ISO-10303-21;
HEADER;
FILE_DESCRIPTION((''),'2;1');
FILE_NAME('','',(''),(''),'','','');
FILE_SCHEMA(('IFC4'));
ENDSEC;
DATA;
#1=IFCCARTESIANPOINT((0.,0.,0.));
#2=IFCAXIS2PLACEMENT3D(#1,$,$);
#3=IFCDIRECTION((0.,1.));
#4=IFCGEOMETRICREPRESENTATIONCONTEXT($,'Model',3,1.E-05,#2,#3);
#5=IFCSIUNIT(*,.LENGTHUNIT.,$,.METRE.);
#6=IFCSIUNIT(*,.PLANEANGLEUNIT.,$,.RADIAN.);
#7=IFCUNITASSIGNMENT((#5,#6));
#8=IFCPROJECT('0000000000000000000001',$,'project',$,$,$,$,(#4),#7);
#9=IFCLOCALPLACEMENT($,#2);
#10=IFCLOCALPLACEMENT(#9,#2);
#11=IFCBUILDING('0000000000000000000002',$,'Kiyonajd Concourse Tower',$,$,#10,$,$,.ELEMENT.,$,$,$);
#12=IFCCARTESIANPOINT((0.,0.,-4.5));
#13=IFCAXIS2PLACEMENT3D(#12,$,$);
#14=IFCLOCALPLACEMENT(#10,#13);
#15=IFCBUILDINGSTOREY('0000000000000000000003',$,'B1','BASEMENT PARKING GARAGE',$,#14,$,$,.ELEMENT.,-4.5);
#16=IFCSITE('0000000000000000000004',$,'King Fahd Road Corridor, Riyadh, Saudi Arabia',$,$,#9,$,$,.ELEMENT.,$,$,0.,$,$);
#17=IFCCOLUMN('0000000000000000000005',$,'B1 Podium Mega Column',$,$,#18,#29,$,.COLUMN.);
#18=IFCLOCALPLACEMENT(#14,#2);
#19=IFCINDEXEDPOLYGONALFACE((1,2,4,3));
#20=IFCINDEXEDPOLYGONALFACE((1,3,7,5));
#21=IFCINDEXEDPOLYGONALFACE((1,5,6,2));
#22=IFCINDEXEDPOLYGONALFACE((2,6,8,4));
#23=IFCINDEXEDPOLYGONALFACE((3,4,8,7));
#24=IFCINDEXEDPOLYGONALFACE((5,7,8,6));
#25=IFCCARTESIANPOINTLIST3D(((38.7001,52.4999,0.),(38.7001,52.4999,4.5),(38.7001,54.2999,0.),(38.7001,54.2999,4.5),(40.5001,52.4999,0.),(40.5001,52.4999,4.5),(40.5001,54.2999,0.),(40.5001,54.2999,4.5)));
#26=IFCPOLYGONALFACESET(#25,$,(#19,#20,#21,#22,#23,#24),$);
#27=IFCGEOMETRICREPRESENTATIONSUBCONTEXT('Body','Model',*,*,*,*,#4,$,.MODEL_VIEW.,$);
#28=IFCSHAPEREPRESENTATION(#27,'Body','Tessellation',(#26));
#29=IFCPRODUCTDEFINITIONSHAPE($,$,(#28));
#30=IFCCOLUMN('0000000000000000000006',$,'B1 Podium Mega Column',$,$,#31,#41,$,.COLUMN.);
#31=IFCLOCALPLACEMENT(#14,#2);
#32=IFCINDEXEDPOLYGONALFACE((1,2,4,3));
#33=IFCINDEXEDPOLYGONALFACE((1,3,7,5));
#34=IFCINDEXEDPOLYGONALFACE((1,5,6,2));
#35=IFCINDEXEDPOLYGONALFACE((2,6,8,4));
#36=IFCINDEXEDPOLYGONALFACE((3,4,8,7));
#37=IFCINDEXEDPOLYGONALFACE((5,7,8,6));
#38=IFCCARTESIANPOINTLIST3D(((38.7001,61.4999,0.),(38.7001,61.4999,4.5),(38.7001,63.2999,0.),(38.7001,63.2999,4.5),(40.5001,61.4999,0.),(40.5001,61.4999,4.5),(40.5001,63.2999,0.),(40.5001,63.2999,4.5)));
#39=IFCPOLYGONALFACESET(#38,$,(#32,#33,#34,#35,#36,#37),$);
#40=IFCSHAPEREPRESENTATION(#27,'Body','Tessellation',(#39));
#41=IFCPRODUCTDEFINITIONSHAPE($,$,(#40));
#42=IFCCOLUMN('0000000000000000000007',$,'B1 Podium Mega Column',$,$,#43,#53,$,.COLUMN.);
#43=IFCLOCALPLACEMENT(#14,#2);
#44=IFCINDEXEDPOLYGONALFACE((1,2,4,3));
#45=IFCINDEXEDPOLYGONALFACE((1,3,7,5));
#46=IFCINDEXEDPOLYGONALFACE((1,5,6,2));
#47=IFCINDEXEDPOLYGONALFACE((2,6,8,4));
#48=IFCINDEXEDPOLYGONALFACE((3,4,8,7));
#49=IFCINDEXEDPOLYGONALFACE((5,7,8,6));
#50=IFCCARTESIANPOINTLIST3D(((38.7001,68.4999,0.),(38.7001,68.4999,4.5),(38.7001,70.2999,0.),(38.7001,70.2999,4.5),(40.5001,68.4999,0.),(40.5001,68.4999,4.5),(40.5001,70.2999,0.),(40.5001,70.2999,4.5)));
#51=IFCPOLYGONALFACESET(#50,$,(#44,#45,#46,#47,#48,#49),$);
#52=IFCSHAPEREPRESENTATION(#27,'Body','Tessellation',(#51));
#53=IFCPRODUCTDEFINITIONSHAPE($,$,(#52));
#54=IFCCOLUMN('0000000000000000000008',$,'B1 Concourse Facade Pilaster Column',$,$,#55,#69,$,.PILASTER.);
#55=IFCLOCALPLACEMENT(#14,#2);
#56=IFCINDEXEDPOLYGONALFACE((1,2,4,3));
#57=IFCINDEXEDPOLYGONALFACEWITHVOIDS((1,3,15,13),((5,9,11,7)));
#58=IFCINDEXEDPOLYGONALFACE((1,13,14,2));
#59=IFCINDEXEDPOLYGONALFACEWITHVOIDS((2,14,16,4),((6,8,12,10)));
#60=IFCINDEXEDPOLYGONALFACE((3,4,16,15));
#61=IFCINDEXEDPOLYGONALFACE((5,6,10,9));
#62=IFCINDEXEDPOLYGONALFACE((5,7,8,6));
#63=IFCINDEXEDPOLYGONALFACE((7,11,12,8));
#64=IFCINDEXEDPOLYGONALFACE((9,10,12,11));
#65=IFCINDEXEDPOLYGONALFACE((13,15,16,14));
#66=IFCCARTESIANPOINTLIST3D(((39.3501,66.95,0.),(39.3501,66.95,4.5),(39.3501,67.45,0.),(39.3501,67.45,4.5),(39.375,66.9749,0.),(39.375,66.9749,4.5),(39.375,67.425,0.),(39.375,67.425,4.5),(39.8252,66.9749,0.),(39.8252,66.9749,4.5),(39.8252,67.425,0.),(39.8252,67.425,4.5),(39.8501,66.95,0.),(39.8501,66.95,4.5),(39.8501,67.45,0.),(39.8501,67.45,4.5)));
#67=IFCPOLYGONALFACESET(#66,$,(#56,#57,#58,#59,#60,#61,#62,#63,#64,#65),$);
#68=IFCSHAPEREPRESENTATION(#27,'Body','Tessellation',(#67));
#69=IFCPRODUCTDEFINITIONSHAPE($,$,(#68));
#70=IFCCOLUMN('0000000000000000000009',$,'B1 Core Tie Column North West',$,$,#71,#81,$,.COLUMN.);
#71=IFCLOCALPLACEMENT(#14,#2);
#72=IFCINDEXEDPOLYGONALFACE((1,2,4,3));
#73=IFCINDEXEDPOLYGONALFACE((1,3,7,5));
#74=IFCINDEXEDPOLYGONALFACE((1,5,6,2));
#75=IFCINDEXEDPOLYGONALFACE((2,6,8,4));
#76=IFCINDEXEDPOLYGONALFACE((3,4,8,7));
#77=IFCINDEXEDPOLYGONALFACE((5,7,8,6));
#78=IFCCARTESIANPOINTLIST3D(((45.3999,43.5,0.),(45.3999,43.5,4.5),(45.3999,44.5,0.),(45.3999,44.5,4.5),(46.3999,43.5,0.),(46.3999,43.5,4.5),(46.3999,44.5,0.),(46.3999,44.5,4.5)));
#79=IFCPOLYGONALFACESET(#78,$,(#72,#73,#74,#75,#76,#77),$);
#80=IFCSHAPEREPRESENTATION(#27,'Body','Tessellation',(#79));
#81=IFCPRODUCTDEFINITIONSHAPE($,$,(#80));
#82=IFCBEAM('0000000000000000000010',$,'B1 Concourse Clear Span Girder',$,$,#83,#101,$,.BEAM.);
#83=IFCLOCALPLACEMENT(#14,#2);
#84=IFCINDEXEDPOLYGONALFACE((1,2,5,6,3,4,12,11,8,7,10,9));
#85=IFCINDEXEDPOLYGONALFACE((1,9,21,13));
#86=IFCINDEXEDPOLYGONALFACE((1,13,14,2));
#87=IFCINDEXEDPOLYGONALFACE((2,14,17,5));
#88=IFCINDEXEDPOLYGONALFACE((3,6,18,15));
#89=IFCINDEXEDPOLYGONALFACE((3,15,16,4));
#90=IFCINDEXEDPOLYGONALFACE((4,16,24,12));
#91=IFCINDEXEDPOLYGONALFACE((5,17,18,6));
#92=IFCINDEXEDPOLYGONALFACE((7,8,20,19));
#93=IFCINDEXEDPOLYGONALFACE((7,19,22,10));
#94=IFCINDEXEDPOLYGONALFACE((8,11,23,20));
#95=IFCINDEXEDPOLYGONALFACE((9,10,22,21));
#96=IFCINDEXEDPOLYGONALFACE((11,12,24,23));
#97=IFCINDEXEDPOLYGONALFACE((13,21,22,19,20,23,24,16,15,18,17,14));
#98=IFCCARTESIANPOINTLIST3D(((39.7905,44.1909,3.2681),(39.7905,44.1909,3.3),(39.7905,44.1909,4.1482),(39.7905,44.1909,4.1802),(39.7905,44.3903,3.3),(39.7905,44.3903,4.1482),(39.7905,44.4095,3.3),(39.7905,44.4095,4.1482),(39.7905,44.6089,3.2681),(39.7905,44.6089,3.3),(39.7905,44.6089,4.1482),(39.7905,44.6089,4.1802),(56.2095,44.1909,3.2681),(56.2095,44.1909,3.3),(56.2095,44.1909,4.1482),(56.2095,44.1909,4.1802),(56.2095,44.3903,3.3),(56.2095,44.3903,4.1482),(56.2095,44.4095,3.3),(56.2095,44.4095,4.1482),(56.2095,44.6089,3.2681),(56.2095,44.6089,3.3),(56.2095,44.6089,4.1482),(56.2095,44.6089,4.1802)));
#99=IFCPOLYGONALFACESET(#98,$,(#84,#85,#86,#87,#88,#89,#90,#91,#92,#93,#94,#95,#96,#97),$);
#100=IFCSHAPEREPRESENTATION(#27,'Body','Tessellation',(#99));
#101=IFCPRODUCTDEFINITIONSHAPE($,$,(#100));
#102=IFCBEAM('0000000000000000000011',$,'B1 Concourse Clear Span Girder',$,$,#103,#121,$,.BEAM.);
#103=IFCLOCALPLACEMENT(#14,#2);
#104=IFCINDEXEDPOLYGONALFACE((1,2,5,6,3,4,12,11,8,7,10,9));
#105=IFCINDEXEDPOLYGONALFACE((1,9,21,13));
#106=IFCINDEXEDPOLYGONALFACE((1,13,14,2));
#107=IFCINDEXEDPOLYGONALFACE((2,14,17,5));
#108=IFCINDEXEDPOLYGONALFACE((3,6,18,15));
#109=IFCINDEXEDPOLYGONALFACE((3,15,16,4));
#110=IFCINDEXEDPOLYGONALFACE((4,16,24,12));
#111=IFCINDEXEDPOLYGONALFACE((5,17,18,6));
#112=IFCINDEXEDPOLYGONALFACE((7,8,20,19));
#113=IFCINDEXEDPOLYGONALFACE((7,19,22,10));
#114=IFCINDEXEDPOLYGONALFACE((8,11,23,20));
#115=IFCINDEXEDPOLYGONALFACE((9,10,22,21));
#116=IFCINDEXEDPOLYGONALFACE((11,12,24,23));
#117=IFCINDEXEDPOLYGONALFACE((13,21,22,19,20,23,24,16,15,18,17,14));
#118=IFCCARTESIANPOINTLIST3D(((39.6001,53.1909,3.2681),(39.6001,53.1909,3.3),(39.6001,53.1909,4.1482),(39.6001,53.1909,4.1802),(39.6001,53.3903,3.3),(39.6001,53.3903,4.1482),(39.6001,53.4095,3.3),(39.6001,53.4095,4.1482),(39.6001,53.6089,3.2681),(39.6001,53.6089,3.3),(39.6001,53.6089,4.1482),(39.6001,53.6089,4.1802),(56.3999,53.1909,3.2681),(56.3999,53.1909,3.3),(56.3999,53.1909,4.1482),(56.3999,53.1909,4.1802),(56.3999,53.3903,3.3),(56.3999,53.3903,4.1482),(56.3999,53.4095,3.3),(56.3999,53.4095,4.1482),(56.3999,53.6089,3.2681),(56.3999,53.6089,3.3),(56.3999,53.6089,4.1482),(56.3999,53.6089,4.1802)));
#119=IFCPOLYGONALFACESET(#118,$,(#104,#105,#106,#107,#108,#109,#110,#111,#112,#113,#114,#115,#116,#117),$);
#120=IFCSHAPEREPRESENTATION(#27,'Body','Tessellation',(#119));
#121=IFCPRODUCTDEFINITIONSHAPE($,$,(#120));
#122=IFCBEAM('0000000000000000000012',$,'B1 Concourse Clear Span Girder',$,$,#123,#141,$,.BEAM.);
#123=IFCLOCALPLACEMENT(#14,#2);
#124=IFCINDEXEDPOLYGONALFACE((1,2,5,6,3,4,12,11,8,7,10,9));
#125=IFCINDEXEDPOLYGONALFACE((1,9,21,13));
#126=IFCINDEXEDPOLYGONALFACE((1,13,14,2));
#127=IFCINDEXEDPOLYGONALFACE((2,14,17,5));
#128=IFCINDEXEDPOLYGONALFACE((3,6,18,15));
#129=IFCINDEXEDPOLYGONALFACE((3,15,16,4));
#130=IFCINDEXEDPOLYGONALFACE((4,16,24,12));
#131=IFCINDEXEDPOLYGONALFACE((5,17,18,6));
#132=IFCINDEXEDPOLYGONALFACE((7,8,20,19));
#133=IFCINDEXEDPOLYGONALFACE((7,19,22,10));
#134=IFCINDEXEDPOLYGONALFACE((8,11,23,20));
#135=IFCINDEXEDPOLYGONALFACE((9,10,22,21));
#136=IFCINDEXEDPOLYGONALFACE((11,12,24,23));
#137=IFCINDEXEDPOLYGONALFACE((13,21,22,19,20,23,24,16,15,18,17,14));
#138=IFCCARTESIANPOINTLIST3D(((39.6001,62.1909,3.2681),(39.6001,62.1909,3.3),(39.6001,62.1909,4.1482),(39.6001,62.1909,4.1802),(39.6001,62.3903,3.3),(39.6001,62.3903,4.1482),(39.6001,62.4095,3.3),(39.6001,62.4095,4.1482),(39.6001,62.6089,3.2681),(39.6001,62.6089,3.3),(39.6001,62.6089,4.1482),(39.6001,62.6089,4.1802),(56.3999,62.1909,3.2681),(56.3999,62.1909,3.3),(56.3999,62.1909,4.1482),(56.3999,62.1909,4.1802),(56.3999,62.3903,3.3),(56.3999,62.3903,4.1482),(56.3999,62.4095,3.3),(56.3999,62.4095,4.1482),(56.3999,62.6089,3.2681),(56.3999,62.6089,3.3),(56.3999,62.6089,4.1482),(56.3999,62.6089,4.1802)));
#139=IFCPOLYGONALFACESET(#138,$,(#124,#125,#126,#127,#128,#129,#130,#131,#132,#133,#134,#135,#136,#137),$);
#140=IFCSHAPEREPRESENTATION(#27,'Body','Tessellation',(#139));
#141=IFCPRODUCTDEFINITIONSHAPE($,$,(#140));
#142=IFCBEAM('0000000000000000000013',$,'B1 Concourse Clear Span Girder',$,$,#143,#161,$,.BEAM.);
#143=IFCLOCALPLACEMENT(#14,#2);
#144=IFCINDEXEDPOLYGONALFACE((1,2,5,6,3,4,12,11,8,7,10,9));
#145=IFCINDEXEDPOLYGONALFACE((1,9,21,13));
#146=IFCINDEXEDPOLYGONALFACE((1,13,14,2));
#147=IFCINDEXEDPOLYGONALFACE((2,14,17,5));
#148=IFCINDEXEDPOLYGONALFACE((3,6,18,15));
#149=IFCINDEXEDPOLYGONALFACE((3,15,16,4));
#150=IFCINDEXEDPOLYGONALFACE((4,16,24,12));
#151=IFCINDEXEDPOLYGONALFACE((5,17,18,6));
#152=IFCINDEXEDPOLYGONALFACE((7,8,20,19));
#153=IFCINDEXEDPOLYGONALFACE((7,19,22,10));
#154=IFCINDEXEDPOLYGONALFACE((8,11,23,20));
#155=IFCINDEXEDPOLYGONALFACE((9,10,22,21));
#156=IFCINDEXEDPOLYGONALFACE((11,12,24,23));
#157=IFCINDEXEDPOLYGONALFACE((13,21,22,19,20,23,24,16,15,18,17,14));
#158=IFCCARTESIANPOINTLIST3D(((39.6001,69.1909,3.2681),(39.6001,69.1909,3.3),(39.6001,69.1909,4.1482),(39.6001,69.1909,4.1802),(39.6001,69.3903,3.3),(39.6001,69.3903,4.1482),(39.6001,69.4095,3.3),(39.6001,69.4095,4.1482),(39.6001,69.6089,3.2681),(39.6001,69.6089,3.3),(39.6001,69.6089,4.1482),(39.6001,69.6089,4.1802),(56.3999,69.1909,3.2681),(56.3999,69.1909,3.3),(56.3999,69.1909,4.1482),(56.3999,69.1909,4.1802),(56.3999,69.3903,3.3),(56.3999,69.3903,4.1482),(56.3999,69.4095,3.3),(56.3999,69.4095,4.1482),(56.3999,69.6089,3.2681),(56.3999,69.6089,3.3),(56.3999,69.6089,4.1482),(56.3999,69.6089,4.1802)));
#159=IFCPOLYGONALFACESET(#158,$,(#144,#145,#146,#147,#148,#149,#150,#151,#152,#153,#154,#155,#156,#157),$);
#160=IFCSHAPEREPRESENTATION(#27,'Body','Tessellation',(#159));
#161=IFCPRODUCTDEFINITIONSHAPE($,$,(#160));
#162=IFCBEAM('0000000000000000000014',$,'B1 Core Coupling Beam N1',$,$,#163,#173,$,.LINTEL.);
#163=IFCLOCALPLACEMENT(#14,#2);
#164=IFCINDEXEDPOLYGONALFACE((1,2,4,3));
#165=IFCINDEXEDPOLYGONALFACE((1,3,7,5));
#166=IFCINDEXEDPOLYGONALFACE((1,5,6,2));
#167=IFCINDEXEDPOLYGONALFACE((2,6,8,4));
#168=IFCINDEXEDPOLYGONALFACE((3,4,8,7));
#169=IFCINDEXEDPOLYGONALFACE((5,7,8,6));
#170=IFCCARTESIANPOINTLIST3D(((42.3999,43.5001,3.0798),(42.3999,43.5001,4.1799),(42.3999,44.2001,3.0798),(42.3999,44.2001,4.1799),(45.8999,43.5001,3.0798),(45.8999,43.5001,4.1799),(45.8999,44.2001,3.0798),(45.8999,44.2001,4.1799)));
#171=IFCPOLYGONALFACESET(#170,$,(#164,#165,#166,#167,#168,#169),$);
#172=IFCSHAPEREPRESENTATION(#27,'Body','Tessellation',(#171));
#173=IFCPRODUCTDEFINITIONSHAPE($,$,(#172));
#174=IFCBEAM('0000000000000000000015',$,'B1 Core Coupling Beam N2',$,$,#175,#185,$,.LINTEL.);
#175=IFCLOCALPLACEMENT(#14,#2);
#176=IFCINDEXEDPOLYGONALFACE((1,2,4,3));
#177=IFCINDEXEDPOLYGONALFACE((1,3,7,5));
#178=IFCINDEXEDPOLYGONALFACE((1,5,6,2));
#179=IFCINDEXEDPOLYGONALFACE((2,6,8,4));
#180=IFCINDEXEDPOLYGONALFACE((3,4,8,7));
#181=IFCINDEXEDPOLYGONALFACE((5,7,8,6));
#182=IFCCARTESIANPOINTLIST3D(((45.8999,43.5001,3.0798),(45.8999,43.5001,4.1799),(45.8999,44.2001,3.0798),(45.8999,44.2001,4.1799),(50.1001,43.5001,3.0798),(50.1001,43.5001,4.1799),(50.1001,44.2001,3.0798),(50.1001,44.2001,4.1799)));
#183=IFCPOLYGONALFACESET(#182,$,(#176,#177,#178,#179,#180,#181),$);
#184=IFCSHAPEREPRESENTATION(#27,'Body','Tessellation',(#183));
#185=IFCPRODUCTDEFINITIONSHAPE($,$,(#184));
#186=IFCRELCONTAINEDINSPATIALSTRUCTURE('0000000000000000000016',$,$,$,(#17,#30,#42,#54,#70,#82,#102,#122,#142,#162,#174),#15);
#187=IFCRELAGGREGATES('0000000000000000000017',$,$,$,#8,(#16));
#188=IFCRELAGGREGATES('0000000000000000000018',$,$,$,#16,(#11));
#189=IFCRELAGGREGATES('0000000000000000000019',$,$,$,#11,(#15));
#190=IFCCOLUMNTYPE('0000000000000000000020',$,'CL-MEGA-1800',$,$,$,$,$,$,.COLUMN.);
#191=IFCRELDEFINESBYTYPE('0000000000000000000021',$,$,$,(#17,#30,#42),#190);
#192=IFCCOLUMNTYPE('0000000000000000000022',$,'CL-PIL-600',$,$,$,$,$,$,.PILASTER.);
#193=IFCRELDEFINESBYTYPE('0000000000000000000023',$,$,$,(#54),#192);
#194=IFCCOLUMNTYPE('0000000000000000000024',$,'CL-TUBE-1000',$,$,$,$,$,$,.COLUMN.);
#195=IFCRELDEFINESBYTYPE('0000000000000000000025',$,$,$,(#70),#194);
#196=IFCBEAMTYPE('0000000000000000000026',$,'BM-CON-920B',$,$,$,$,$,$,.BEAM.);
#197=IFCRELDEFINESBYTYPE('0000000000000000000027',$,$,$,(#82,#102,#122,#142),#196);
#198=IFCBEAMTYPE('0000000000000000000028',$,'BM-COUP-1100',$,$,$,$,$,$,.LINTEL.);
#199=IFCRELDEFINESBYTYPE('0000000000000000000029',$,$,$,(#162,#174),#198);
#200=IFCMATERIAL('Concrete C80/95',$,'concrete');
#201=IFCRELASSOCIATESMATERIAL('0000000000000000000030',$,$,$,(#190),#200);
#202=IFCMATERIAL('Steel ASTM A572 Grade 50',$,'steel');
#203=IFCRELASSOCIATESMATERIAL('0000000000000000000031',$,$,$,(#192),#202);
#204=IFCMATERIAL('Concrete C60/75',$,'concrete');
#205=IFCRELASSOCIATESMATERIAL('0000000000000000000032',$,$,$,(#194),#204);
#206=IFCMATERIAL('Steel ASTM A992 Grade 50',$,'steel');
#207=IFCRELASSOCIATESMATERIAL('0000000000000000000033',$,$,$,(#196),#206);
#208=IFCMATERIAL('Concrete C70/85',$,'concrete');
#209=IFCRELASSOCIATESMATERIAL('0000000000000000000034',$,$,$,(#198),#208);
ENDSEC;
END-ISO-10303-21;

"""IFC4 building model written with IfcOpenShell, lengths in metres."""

from ifc_helpers import new_model, si_unit, direction, frame, origin, origin_2d, place, context, subcontext, project, spatial, rectangle, hollow_rectangle, i_section, extrude, material, material_profile, profile_set, type_object, element, save


model = new_model("IFC4")

# Units and contexts
model_context = context("Model", 3, precision=1e-05, world=origin(), true_north=direction((0.0, 1.0)))
body_context = subcontext(model_context, "Body", "Model", "MODEL_VIEW")
ifc_project = project(units=[si_unit("LENGTHUNIT", "METRE"), si_unit("PLANEANGLEUNIT", "RADIAN")], contexts=[model_context])

# Site, building, storey
site_placement = place(None, origin())
site = spatial("IfcSite", under=ifc_project, at=site_placement, Name="King Fahd Road Corridor, Riyadh, Saudi Arabia", CompositionType="ELEMENT", RefElevation=0.0)
building_placement = place(site_placement, origin())
building = spatial("IfcBuilding", under=site, at=building_placement, Name="Kiyonajd Concourse Tower", CompositionType="ELEMENT")
storey_placement = place(building_placement, frame((0.0, 0.0, -4.5)))
storey = spatial("IfcBuildingStorey", under=building, at=storey_placement, Name="B1", Description="BASEMENT PARKING GARAGE", CompositionType="ELEMENT", Elevation=-4.5)

# Columns
ifc_material_1 = material(Name="Concrete C80/95", Category="concrete")
ifc_material_profile_1 = material_profile(ifc_material_1, rectangle(XDim=1.8, YDim=1.8, at=origin_2d()), Name="RC-1800x1800")
ifc_profile_set_1 = profile_set([ifc_material_profile_1], Name="Concrete C80/95")
column_type_1 = type_object("IfcColumnType", Name="CL-MEGA-1800", PredefinedType="COLUMN", material=ifc_profile_set_1)
for number, where, z_axis, x_axis, name in (
    (1, (39.6001, 53.3999, 0.0), (0.0, 0.0, 1.0), (1.0, 0.0, 0.0), "B1 Podium Mega Column"),
    (2, (39.6001, 62.3999, 0.0), (0.0, 0.0, 1.0), (1.0, 0.0, 0.0), "B1 Podium Mega Column"),
    (3, (39.6001, 69.3999, 0.0), (0.0, 0.0, 1.0), (1.0, 0.0, 0.0), "B1 Podium Mega Column"),
):
    element("IfcColumn", number, at=place(storey_placement, frame(where, z_axis=z_axis, x_axis=x_axis)), inside=storey, type_object=column_type_1, Name=name, PredefinedType="COLUMN", context=body_context, shape_type="SweptSolid", body=[
        extrude(rectangle(XDim=1.8, YDim=1.8, at=origin_2d()), origin(), (0.0, 0.0, 1.0), 4.5),
    ])
ifc_material_2 = material(Name="Steel ASTM A572 Grade 50", Category="steel")
ifc_material_profile_2 = material_profile(ifc_material_2, hollow_rectangle(XDim=0.5, YDim=0.5, WallThickness=0.0249, at=origin_2d()), Name="HSS-500x500x25")
ifc_profile_set_2 = profile_set([ifc_material_profile_2], Name="Steel ASTM A572 Grade 50")
column_type_2 = type_object("IfcColumnType", Name="CL-PIL-600", PredefinedType="PILASTER", material=ifc_profile_set_2)
column_1_placement = place(storey_placement, frame((39.6001, 67.2, 0.0), z_axis=(0.0, 0.0, 1.0), x_axis=(1.0, 0.0, 0.0)))
element("IfcColumn", 4, at=column_1_placement, inside=storey, type_object=column_type_2, Name="B1 Concourse Facade Pilaster Column", PredefinedType="PILASTER", context=body_context, shape_type="SweptSolid", body=[
    extrude(hollow_rectangle(XDim=0.5, YDim=0.5, WallThickness=0.0249, at=origin_2d()), origin(), (0.0, 0.0, 1.0), 4.5),
])
ifc_material_3 = material(Name="Concrete C60/75", Category="concrete")
ifc_material_profile_3 = material_profile(ifc_material_3, rectangle(XDim=1.0, YDim=1.0, at=origin_2d()), Name="RC-1000x1000")
ifc_profile_set_3 = profile_set([ifc_material_profile_3], Name="Concrete C60/75")
column_type_3 = type_object("IfcColumnType", Name="CL-TUBE-1000", PredefinedType="COLUMN", material=ifc_profile_set_3)
column_2_placement = place(storey_placement, frame((45.8999, 44.0, 0.0), z_axis=(0.0, 0.0, 1.0), x_axis=(1.0, 0.0, 0.0)))
element("IfcColumn", 5, at=column_2_placement, inside=storey, type_object=column_type_3, Name="B1 Core Tie Column North West", PredefinedType="COLUMN", context=body_context, shape_type="SweptSolid", body=[
    extrude(rectangle(XDim=1.0, YDim=1.0, at=origin_2d()), origin(), (0.0, 0.0, 1.0), 4.5),
])

# Beams
ifc_material_4 = material(Name="Steel ASTM A992 Grade 50", Category="steel")
ifc_material_profile_4 = material_profile(ifc_material_4, i_section(OverallWidth=0.418, OverallDepth=0.9121, WebThickness=0.0193, FlangeThickness=0.032, at=origin_2d()), Name="W920X342")
ifc_profile_set_4 = profile_set([ifc_material_profile_4], Name="Steel ASTM A992 Grade 50")
beam_type_1 = type_object("IfcBeamType", Name="BM-CON-920B", PredefinedType="BEAM", material=ifc_profile_set_4)
beam_1_placement = place(storey_placement, frame((39.7905, 44.3999, 3.7241), z_axis=(1.0, 0.0, 0.0), x_axis=(0.0, 1.0, 0.0)))
element("IfcBeam", 6, at=beam_1_placement, inside=storey, type_object=beam_type_1, Name="B1 Concourse Clear Span Girder", PredefinedType="BEAM", context=body_context, shape_type="SweptSolid", body=[
    extrude(i_section(OverallWidth=0.418, OverallDepth=0.9121, WebThickness=0.0193, FlangeThickness=0.032, at=origin_2d()), origin(), (0.0, 0.0, 1.0), 16.4189),
])
for number, where, z_axis, x_axis, name in (
    (7, (39.6001, 53.3999, 3.7241), (1.0, 0.0, 0.0), (0.0, 1.0, 0.0), "B1 Concourse Clear Span Girder"),
    (8, (39.6001, 62.3999, 3.7241), (1.0, 0.0, 0.0), (0.0, 1.0, 0.0), "B1 Concourse Clear Span Girder"),
    (9, (39.6001, 69.3999, 3.7241), (1.0, 0.0, 0.0), (0.0, 1.0, 0.0), "B1 Concourse Clear Span Girder"),
):
    element("IfcBeam", number, at=place(storey_placement, frame(where, z_axis=z_axis, x_axis=x_axis)), inside=storey, type_object=beam_type_1, Name=name, PredefinedType="BEAM", context=body_context, shape_type="SweptSolid", body=[
        extrude(i_section(OverallWidth=0.418, OverallDepth=0.9121, WebThickness=0.0193, FlangeThickness=0.032, at=origin_2d()), origin(), (0.0, 0.0, 1.0), 16.7998),
    ])
ifc_material_5 = material(Name="Concrete C70/85", Category="concrete")
ifc_material_profile_5 = material_profile(ifc_material_5, rectangle(XDim=0.7, YDim=1.1001, at=origin_2d()), Name="RCBM-700x1100")
ifc_profile_set_5 = profile_set([ifc_material_profile_5], Name="Concrete C70/85")
beam_type_2 = type_object("IfcBeamType", Name="BM-COUP-1100", PredefinedType="LINTEL", material=ifc_profile_set_5)
beam_2_placement = place(storey_placement, frame((42.3999, 43.8501, 3.6299), z_axis=(1.0, 0.0, 0.0), x_axis=(0.0, 1.0, 0.0)))
element("IfcBeam", 10, at=beam_2_placement, inside=storey, type_object=beam_type_2, Name="B1 Core Coupling Beam N1", PredefinedType="LINTEL", context=body_context, shape_type="SweptSolid", body=[
    extrude(rectangle(XDim=0.7, YDim=1.1001, at=origin_2d()), origin(), (0.0, 0.0, 1.0), 3.5),
])
beam_3_placement = place(storey_placement, frame((45.8999, 43.8501, 3.6299), z_axis=(1.0, 0.0, 0.0), x_axis=(0.0, 1.0, 0.0)))
element("IfcBeam", 11, at=beam_3_placement, inside=storey, type_object=beam_type_2, Name="B1 Core Coupling Beam N2", PredefinedType="LINTEL", context=body_context, shape_type="SweptSolid", body=[
    extrude(rectangle(XDim=0.7, YDim=1.1001, at=origin_2d()), origin(), (0.0, 0.0, 1.0), 4.2002),
])

save(model, "model.ifc")
